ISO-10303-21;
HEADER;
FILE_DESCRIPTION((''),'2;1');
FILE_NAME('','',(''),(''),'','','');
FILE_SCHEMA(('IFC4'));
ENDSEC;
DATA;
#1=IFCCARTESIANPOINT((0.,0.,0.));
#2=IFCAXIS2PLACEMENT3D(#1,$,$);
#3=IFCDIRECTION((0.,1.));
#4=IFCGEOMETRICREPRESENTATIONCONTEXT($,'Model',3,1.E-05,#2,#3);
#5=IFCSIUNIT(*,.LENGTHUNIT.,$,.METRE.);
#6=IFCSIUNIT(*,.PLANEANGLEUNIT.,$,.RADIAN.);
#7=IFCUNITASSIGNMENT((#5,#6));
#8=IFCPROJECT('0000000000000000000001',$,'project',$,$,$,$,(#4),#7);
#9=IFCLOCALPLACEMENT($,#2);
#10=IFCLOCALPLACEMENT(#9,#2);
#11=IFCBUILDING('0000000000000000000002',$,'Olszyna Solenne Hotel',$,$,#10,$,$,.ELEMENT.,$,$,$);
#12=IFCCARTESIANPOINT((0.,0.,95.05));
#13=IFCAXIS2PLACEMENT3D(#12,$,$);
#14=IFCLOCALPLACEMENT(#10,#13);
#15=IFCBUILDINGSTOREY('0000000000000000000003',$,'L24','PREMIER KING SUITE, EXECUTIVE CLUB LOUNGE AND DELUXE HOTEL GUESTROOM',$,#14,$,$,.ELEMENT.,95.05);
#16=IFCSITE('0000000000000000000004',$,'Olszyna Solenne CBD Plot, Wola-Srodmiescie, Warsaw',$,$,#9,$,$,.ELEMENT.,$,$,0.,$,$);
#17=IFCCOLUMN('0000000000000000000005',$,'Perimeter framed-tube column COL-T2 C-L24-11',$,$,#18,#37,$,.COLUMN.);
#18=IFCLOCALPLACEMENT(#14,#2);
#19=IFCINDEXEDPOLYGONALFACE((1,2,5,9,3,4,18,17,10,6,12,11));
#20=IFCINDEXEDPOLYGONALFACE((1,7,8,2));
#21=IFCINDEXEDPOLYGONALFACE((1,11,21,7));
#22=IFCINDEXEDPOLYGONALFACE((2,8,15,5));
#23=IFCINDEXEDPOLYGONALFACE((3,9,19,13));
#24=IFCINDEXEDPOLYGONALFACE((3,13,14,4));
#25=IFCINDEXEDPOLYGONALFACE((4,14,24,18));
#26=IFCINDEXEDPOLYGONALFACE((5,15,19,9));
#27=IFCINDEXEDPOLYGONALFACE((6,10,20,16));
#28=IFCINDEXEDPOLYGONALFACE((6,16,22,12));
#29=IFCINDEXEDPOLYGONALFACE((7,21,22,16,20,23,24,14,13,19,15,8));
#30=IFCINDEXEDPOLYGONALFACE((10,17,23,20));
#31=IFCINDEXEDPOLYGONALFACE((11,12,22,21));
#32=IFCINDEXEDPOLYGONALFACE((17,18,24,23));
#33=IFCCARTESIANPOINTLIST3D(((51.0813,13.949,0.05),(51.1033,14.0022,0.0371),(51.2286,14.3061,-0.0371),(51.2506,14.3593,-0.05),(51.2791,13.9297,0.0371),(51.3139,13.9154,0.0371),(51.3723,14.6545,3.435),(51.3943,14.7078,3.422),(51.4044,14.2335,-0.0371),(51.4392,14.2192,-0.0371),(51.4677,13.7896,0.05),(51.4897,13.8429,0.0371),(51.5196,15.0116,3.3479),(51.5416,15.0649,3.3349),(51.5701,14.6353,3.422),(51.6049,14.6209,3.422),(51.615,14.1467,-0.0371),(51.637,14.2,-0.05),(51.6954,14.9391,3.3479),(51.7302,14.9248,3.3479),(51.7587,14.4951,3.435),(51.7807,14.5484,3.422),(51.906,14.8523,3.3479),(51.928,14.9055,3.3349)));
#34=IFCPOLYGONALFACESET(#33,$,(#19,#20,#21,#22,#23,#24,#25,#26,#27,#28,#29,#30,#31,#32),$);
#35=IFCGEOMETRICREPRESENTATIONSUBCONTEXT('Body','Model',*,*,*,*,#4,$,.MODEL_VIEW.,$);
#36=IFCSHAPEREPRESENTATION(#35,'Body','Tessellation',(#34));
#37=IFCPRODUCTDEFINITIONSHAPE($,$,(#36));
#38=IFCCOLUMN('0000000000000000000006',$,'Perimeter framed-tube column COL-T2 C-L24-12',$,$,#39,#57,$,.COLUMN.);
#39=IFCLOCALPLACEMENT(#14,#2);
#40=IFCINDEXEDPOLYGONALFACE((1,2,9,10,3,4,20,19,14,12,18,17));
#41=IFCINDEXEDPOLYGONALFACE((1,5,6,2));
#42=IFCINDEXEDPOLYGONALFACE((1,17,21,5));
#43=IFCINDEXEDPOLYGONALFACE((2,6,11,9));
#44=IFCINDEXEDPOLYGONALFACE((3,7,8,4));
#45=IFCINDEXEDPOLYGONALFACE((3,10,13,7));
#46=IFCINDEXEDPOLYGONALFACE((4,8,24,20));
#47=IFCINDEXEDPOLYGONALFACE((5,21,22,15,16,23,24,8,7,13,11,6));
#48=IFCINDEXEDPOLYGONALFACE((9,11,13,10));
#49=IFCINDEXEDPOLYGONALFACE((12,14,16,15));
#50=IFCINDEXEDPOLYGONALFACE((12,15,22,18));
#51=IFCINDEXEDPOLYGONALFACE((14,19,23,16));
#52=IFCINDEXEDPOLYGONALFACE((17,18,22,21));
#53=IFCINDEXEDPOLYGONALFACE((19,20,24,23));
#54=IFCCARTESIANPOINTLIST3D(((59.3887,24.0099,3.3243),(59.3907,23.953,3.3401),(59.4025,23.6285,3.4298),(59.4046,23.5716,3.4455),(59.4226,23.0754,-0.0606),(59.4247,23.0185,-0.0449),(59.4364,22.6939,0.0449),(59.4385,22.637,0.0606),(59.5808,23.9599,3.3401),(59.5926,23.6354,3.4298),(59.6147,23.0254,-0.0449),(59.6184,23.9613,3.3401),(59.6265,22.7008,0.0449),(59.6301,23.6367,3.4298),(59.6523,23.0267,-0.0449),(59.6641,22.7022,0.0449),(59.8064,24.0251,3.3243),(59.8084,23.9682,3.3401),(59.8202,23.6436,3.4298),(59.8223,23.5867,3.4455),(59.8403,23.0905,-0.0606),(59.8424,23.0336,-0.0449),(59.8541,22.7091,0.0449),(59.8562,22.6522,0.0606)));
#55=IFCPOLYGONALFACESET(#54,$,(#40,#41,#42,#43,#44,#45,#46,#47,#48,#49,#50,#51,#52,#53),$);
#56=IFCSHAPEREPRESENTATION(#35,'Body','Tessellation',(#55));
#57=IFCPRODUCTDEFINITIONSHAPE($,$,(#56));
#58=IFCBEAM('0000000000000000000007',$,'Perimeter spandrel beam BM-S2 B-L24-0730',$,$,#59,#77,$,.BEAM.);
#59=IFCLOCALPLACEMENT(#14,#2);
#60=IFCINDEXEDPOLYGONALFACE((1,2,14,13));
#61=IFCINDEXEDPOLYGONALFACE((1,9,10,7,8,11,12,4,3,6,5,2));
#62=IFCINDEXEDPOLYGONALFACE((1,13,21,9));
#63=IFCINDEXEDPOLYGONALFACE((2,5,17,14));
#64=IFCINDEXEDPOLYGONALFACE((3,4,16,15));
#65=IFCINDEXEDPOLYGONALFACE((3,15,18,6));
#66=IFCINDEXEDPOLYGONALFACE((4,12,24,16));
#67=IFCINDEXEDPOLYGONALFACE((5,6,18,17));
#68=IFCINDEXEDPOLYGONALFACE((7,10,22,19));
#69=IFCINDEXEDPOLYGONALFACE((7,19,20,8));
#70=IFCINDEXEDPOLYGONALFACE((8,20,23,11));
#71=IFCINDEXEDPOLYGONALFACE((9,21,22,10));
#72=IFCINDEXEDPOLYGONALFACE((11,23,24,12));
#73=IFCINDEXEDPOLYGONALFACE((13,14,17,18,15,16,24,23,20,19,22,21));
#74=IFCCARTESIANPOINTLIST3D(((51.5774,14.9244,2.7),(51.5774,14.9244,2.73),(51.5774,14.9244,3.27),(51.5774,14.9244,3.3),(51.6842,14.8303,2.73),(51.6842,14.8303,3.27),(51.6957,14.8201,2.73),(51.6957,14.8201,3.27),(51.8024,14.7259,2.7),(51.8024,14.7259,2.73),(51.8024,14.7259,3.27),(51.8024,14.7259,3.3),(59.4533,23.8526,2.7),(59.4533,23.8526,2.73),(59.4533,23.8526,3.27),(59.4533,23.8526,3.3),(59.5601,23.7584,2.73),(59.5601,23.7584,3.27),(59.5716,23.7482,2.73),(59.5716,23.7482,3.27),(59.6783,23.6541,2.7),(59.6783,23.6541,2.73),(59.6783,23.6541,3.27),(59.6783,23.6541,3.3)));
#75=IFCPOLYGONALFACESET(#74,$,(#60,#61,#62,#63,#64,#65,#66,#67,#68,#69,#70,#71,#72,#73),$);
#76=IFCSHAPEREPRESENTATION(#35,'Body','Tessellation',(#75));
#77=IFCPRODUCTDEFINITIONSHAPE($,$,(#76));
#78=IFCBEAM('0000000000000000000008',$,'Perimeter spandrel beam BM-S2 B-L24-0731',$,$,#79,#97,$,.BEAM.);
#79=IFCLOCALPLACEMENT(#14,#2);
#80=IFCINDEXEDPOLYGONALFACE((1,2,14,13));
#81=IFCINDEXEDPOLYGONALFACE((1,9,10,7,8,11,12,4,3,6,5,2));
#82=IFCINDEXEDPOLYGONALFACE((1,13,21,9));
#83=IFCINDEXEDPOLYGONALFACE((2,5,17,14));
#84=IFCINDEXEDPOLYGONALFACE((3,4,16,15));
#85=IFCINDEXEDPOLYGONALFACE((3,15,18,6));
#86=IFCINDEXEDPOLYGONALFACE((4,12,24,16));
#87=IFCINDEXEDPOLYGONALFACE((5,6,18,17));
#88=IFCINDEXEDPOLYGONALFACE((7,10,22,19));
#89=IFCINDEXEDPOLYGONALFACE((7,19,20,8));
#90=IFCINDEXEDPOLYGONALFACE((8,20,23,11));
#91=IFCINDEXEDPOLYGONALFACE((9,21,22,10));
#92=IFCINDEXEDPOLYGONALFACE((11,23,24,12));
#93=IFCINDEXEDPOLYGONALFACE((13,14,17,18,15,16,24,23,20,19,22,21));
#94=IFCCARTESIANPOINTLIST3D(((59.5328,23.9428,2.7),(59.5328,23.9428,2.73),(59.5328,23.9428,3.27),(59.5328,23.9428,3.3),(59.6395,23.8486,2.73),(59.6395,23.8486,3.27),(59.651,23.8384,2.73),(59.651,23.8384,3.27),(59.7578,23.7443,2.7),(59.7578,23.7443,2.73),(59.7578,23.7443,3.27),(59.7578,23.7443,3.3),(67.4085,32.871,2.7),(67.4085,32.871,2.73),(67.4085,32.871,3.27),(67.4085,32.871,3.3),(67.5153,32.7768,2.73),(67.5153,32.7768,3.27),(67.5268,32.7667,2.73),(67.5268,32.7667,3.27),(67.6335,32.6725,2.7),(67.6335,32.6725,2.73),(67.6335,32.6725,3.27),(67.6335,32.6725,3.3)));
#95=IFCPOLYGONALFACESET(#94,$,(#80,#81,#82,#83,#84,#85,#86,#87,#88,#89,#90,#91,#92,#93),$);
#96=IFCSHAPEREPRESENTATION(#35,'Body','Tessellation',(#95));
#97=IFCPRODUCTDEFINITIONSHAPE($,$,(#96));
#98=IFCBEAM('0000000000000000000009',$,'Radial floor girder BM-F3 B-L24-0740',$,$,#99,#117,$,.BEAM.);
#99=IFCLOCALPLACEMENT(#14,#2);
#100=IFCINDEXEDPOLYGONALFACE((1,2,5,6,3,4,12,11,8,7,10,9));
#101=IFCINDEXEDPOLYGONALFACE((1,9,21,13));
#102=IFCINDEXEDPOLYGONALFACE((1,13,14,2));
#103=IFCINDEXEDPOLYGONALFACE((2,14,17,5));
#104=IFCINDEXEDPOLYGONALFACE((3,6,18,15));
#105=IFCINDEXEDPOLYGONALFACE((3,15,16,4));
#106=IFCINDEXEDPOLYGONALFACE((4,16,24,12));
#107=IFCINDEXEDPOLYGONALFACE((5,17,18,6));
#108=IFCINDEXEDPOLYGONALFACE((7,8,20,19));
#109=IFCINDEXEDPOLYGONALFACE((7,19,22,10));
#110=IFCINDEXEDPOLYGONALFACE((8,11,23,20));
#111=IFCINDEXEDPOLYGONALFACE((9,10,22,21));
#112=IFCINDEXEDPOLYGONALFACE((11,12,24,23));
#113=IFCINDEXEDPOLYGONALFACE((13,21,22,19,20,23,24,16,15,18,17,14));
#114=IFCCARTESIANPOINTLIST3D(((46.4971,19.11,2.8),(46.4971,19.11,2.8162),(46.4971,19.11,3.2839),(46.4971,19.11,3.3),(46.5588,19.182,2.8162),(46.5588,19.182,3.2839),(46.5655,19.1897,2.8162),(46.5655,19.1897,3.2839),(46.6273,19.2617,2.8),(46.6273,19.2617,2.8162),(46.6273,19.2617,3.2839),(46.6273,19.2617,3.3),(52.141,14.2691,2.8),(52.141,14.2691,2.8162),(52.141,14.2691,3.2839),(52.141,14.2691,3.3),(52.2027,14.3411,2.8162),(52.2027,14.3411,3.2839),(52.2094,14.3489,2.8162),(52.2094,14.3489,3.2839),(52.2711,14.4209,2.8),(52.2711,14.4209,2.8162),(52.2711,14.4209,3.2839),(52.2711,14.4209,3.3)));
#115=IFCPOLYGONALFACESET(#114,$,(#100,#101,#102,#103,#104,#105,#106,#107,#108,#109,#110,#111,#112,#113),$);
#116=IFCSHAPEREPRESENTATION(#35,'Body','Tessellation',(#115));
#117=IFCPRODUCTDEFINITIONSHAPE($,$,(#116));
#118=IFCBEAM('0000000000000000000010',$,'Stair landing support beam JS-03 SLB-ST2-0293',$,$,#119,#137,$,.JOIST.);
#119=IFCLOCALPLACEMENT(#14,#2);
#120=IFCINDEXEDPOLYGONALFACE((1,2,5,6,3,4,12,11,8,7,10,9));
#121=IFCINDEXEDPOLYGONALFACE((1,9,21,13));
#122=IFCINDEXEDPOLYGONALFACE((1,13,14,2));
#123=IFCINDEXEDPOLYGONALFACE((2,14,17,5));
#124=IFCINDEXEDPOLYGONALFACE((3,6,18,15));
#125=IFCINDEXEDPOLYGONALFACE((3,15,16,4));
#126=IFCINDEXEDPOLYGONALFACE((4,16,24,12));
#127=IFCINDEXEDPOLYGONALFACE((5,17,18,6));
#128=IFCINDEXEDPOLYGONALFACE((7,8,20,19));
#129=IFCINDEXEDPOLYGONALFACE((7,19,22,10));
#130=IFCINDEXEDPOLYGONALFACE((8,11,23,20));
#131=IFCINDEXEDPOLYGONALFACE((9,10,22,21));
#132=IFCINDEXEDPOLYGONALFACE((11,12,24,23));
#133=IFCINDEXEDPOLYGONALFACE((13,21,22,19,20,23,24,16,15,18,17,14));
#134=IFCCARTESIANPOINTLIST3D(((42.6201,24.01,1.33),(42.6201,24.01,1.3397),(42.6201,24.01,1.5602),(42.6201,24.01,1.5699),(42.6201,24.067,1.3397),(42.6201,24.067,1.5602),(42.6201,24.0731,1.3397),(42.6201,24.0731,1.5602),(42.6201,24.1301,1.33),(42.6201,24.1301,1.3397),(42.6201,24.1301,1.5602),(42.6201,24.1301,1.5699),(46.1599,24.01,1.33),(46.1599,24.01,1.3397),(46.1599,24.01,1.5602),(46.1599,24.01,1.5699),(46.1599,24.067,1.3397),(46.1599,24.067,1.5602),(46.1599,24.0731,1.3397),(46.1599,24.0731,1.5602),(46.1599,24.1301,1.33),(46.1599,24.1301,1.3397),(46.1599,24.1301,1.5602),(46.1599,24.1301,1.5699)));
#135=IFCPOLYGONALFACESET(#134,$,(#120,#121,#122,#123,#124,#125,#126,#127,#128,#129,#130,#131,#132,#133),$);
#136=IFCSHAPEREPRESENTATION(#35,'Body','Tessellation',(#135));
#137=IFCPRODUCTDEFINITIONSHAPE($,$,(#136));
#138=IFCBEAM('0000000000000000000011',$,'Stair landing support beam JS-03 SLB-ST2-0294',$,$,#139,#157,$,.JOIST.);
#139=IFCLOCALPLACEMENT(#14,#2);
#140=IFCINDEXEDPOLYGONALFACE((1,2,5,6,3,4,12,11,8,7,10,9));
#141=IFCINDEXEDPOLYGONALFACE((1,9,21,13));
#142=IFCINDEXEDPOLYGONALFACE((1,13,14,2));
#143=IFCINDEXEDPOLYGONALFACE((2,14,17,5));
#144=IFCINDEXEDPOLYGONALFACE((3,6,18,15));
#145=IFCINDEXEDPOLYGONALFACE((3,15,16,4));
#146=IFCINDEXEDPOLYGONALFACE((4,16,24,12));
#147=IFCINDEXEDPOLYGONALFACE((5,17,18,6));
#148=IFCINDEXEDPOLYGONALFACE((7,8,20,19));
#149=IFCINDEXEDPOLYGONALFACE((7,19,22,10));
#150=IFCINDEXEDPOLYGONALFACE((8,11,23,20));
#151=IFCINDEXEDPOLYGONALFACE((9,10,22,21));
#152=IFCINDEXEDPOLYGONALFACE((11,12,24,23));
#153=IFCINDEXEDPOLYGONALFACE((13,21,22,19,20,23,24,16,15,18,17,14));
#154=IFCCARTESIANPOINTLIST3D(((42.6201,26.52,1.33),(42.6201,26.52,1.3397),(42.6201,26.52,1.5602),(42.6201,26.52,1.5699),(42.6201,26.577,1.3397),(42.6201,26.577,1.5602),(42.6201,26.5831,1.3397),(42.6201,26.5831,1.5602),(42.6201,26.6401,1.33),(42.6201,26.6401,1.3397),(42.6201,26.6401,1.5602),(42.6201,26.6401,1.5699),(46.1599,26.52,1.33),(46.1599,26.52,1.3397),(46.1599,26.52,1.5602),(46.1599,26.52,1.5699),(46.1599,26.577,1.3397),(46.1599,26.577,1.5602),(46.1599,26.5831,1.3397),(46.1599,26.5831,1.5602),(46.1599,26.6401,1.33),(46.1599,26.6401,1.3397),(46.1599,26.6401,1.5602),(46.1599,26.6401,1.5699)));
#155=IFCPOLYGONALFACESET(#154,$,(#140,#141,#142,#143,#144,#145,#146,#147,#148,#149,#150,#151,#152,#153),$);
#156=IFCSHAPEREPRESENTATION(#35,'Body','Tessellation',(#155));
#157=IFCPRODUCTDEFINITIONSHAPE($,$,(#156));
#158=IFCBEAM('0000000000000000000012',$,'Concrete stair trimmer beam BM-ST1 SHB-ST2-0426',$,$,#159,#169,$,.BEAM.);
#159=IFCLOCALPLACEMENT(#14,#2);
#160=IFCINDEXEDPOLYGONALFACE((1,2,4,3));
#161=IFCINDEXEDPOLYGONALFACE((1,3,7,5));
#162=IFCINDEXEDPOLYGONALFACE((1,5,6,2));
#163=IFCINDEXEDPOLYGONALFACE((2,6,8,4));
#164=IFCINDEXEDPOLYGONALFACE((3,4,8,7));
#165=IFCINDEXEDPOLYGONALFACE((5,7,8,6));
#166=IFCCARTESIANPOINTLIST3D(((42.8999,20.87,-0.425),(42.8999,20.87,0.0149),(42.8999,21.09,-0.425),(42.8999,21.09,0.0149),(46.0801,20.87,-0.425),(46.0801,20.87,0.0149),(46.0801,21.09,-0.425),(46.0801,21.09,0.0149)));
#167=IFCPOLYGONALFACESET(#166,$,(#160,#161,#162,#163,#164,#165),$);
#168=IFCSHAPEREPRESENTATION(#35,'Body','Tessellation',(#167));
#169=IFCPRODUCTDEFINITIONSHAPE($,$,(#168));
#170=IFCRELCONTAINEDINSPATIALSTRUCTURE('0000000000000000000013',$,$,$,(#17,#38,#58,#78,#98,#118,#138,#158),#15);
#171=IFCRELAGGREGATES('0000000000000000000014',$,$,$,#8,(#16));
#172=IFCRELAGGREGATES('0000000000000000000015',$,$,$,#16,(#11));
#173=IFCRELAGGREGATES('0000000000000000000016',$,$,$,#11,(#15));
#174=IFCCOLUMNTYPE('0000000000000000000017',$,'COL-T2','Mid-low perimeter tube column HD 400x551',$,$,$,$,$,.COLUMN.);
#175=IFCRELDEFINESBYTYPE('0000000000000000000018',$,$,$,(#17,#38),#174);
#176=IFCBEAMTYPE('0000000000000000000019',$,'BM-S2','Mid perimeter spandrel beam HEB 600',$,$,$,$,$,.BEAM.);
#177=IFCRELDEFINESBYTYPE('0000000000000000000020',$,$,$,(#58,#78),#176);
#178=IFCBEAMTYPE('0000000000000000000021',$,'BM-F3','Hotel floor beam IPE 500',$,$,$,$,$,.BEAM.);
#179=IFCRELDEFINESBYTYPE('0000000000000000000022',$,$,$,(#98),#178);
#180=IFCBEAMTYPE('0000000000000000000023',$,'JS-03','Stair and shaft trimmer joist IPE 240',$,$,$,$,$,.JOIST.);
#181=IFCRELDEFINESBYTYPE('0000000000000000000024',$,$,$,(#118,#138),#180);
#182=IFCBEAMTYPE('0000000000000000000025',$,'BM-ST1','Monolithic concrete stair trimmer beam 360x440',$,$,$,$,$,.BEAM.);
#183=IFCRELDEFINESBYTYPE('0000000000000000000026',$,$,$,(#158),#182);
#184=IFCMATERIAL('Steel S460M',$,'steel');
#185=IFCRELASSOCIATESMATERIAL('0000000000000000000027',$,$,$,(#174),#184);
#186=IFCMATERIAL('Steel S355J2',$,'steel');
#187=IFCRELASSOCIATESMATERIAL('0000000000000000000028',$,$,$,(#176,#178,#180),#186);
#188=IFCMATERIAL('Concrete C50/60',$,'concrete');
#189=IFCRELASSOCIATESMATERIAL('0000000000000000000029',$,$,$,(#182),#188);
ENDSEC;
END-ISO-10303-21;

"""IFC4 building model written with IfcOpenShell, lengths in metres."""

from ifc_helpers import new_model, si_unit, direction, frame, origin, origin_2d, place, context, subcontext, project, spatial, rectangle, i_section, extrude, source, transform, mapped, material, material_profile, profile_set, type_object, element, save


model = new_model("IFC4")

# Units and contexts
model_context = context("Model", 3, precision=1e-05, world=origin(), true_north=direction((0.0, 1.0)))
body_context = subcontext(model_context, "Body", "Model", "MODEL_VIEW")
ifc_project = project(units=[si_unit("LENGTHUNIT", "METRE"), si_unit("PLANEANGLEUNIT", "RADIAN")], contexts=[model_context])

# Site, building, storey
site_placement = place(None, origin())
site = spatial("IfcSite", under=ifc_project, at=site_placement, Name="Olszyna Solenne CBD Plot, Wola-Srodmiescie, Warsaw", CompositionType="ELEMENT", RefElevation=0.0)
building_placement = place(site_placement, origin())
building = spatial("IfcBuilding", under=site, at=building_placement, Name="Olszyna Solenne Hotel", CompositionType="ELEMENT")
storey_placement = place(building_placement, frame((0.0, 0.0, 95.05)))
storey = spatial("IfcBuildingStorey", under=building, at=storey_placement, Name="L24", Description="PREMIER KING SUITE, EXECUTIVE CLUB LOUNGE AND DELUXE HOTEL GUESTROOM", CompositionType="ELEMENT", Elevation=95.05)

# Columns
ifc_material_1 = material(Name="Steel S460M", Category="steel")
ifc_material_profile_1 = material_profile(ifc_material_1, i_section(OverallWidth=0.418, OverallDepth=0.4551, WebThickness=0.0376, FlangeThickness=0.0591, at=origin_2d()), Name="HD 400x551", Category="load-bearing")
ifc_profile_set_1 = profile_set([ifc_material_profile_1], Name="Steel S460M")
column_type = type_object("IfcColumnType", Name="COL-T2", Description="Mid-low perimeter tube column HD 400x551", PredefinedType="COLUMN", material=ifc_profile_set_1)
shared_shape_1 = source(origin(), body_context, "Body", "SweptSolid", [
    extrude(i_section(OverallWidth=0.418, OverallDepth=0.4551, WebThickness=0.0376, FlangeThickness=0.0591, at=origin_2d()), origin(), (0.0, 0.0, 1.0), 3.47),
])
column_1_placement = place(storey_placement, frame((51.3591, 14.0745, 0.0), z_axis=(0.083867, 0.203334, 0.975511), x_axis=(-0.924453, 0.381297, 0.0)))
element("IfcColumn", 1, at=column_1_placement, inside=storey, type_object=column_type, Name="Perimeter framed-tube column COL-T2 C-L24-11", PredefinedType="COLUMN", context=body_context, shape_type="MappedRepresentation", body=[
    mapped(shared_shape_1, transform((0.0, 0.0, 0.0), x_axis=(1.0, 0.0, 0.0), y_axis=(0.0, 1.0, 0.0), z_axis=(0.0, 0.0, 1.0), scale=1.0)),
])
shared_shape_2 = source(origin(), body_context, "Body", "SweptSolid", [
    extrude(i_section(OverallWidth=0.418, OverallDepth=0.4551, WebThickness=0.0376, FlangeThickness=0.0591, at=origin_2d()), origin(), (0.0, 0.0, 1.0), 3.5117),
])
column_2_placement = place(storey_placement, frame((59.6394, 22.8638, 0.0), z_axis=(-0.009663, 0.266122, 0.963891), x_axis=(-0.999341, -0.036287, 0.0)))
element("IfcColumn", 2, at=column_2_placement, inside=storey, type_object=column_type, Name="Perimeter framed-tube column COL-T2 C-L24-12", PredefinedType="COLUMN", context=body_context, shape_type="MappedRepresentation", body=[
    mapped(shared_shape_2, transform((0.0, 0.0, 0.0), x_axis=(1.0, 0.0, 0.0), y_axis=(0.0, 1.0, 0.0), z_axis=(0.0, 0.0, 1.0), scale=1.0)),
])

# Beams
ifc_material_2 = material(Name="Steel S355J2", Category="steel")
ifc_material_profile_2 = material_profile(ifc_material_2, i_section(OverallWidth=0.3, OverallDepth=0.6001, WebThickness=0.0154, FlangeThickness=0.03, at=origin_2d()), Name="HEB 600", Category="load-bearing")
ifc_profile_set_2 = profile_set([ifc_material_profile_2], Name="Steel S355J2")
beam_type_1 = type_object("IfcBeamType", Name="BM-S2", Description="Mid perimeter spandrel beam HEB 600", PredefinedType="BEAM", material=ifc_profile_set_2)
shared_shape_3 = source(origin(), body_context, "Body", "SweptSolid", [
    extrude(i_section(OverallWidth=0.3, OverallDepth=0.6001, WebThickness=0.0154, FlangeThickness=0.03, at=origin_2d()), origin(), (0.0, 0.0, 1.0), 11.9055),
])
for number, where, z_axis, x_axis, name in (
    (3, (51.6899, 14.8252, 3.0), (0.661533, 0.749916, 0.0), (-0.749916, 0.661533, 0.0), "Perimeter spandrel beam BM-S2 B-L24-0730"),
    (4, (59.6453, 23.8435, 3.0), (0.661522, 0.749926, 0.0), (-0.749926, 0.661522, 0.0), "Perimeter spandrel beam BM-S2 B-L24-0731"),
):
    element("IfcBeam", number, at=place(storey_placement, frame(where, z_axis=z_axis, x_axis=x_axis)), inside=storey, type_object=beam_type_1, Name=name, PredefinedType="BEAM", context=body_context, shape_type="MappedRepresentation", body=[
        mapped(shared_shape_3, transform((0.0, 0.0, 0.0), x_axis=(1.0, 0.0, 0.0), y_axis=(0.0, 1.0, 0.0), z_axis=(0.0, 0.0, 1.0), scale=1.0)),
    ])
ifc_material_profile_3 = material_profile(ifc_material_2, i_section(OverallWidth=0.2, OverallDepth=0.5, WebThickness=0.0103, FlangeThickness=0.0161, at=origin_2d()), Name="IPE 500", Category="load-bearing")
ifc_profile_set_3 = profile_set([ifc_material_profile_3], Name="Steel S355J2")
beam_type_2 = type_object("IfcBeamType", Name="BM-F3", Description="Hotel floor beam IPE 500", PredefinedType="BEAM", material=ifc_profile_set_3)
shared_shape_4 = source(origin(), body_context, "Body", "SweptSolid", [
    extrude(i_section(OverallWidth=0.2, OverallDepth=0.5, WebThickness=0.0103, FlangeThickness=0.0161, at=origin_2d()), origin(), (0.0, 0.0, 1.0), 7.4355),
])
beam_1_placement = place(storey_placement, frame((52.2061, 14.345, 3.05), z_axis=(-0.759039, 0.651046, 0.0), x_axis=(-0.651046, -0.759039, 0.0)))
element("IfcBeam", 5, at=beam_1_placement, inside=storey, type_object=beam_type_2, Name="Radial floor girder BM-F3 B-L24-0740", PredefinedType="BEAM", context=body_context, shape_type="MappedRepresentation", body=[
    mapped(shared_shape_4, transform((0.0, 0.0, 0.0), x_axis=(1.0, 0.0, 0.0), y_axis=(0.0, 1.0, 0.0), z_axis=(0.0, 0.0, 1.0), scale=1.0)),
])
ifc_material_profile_4 = material_profile(ifc_material_2, i_section(OverallWidth=0.1201, OverallDepth=0.24, WebThickness=0.0061, FlangeThickness=0.0098, at=origin_2d()), Name="IPE 240", Category="load-bearing")
ifc_profile_set_4 = profile_set([ifc_material_profile_4], Name="Steel S355J2")
beam_type_3 = type_object("IfcBeamType", Name="JS-03", Description="Stair and shaft trimmer joist IPE 240", PredefinedType="JOIST", material=ifc_profile_set_4)
shared_shape_5 = source(origin(), body_context, "Body", "SweptSolid", [
    extrude(i_section(OverallWidth=0.1201, OverallDepth=0.24, WebThickness=0.0061, FlangeThickness=0.0098, at=origin_2d()), origin(), (0.0, 0.0, 1.0), 3.5398),
])
for number, where, z_axis, x_axis, name in (
    (6, (46.1599, 24.0701, 1.45), (-1.0, 0.0, 0.0), (0.0, -1.0, 0.0), "Stair landing support beam JS-03 SLB-ST2-0293"),
    (7, (46.1599, 26.5801, 1.45), (-1.0, 0.0, 0.0), (0.0, -1.0, 0.0), "Stair landing support beam JS-03 SLB-ST2-0294"),
):
    element("IfcBeam", number, at=place(storey_placement, frame(where, z_axis=z_axis, x_axis=x_axis)), inside=storey, type_object=beam_type_3, Name=name, PredefinedType="JOIST", context=body_context, shape_type="MappedRepresentation", body=[
        mapped(shared_shape_5, transform((0.0, 0.0, 0.0), x_axis=(1.0, 0.0, 0.0), y_axis=(0.0, 1.0, 0.0), z_axis=(0.0, 0.0, 1.0), scale=1.0)),
    ])
ifc_material_3 = material(Name="Concrete C50/60", Category="concrete")
ifc_material_profile_5 = material_profile(ifc_material_3, rectangle(XDim=0.22, YDim=0.4399, at=origin_2d()), Name="RC 220x440", Category="load-bearing")
ifc_profile_set_5 = profile_set([ifc_material_profile_5], Name="Concrete C50/60")
beam_type_4 = type_object("IfcBeamType", Name="BM-ST1", Description="Monolithic concrete stair trimmer beam 360x440", PredefinedType="BEAM", material=ifc_profile_set_5)
shared_shape_6 = source(origin(), body_context, "Body", "SweptSolid", [
    extrude(rectangle(XDim=0.22, YDim=0.4399, at=origin_2d()), origin(), (0.0, 0.0, 1.0), 3.1802),
])
beam_2_placement = place(storey_placement, frame((46.0801, 20.98, -0.2051), z_axis=(-1.0, 0.0, 0.0), x_axis=(0.0, -1.0, 0.0)))
element("IfcBeam", 8, at=beam_2_placement, inside=storey, type_object=beam_type_4, Name="Concrete stair trimmer beam BM-ST1 SHB-ST2-0426", PredefinedType="BEAM", context=body_context, shape_type="MappedRepresentation", body=[
    mapped(shared_shape_6, transform((0.0, 0.0, 0.0), x_axis=(1.0, 0.0, 0.0), y_axis=(0.0, 1.0, 0.0), z_axis=(0.0, 0.0, 1.0), scale=1.0)),
])

save(model, "model.ifc")
